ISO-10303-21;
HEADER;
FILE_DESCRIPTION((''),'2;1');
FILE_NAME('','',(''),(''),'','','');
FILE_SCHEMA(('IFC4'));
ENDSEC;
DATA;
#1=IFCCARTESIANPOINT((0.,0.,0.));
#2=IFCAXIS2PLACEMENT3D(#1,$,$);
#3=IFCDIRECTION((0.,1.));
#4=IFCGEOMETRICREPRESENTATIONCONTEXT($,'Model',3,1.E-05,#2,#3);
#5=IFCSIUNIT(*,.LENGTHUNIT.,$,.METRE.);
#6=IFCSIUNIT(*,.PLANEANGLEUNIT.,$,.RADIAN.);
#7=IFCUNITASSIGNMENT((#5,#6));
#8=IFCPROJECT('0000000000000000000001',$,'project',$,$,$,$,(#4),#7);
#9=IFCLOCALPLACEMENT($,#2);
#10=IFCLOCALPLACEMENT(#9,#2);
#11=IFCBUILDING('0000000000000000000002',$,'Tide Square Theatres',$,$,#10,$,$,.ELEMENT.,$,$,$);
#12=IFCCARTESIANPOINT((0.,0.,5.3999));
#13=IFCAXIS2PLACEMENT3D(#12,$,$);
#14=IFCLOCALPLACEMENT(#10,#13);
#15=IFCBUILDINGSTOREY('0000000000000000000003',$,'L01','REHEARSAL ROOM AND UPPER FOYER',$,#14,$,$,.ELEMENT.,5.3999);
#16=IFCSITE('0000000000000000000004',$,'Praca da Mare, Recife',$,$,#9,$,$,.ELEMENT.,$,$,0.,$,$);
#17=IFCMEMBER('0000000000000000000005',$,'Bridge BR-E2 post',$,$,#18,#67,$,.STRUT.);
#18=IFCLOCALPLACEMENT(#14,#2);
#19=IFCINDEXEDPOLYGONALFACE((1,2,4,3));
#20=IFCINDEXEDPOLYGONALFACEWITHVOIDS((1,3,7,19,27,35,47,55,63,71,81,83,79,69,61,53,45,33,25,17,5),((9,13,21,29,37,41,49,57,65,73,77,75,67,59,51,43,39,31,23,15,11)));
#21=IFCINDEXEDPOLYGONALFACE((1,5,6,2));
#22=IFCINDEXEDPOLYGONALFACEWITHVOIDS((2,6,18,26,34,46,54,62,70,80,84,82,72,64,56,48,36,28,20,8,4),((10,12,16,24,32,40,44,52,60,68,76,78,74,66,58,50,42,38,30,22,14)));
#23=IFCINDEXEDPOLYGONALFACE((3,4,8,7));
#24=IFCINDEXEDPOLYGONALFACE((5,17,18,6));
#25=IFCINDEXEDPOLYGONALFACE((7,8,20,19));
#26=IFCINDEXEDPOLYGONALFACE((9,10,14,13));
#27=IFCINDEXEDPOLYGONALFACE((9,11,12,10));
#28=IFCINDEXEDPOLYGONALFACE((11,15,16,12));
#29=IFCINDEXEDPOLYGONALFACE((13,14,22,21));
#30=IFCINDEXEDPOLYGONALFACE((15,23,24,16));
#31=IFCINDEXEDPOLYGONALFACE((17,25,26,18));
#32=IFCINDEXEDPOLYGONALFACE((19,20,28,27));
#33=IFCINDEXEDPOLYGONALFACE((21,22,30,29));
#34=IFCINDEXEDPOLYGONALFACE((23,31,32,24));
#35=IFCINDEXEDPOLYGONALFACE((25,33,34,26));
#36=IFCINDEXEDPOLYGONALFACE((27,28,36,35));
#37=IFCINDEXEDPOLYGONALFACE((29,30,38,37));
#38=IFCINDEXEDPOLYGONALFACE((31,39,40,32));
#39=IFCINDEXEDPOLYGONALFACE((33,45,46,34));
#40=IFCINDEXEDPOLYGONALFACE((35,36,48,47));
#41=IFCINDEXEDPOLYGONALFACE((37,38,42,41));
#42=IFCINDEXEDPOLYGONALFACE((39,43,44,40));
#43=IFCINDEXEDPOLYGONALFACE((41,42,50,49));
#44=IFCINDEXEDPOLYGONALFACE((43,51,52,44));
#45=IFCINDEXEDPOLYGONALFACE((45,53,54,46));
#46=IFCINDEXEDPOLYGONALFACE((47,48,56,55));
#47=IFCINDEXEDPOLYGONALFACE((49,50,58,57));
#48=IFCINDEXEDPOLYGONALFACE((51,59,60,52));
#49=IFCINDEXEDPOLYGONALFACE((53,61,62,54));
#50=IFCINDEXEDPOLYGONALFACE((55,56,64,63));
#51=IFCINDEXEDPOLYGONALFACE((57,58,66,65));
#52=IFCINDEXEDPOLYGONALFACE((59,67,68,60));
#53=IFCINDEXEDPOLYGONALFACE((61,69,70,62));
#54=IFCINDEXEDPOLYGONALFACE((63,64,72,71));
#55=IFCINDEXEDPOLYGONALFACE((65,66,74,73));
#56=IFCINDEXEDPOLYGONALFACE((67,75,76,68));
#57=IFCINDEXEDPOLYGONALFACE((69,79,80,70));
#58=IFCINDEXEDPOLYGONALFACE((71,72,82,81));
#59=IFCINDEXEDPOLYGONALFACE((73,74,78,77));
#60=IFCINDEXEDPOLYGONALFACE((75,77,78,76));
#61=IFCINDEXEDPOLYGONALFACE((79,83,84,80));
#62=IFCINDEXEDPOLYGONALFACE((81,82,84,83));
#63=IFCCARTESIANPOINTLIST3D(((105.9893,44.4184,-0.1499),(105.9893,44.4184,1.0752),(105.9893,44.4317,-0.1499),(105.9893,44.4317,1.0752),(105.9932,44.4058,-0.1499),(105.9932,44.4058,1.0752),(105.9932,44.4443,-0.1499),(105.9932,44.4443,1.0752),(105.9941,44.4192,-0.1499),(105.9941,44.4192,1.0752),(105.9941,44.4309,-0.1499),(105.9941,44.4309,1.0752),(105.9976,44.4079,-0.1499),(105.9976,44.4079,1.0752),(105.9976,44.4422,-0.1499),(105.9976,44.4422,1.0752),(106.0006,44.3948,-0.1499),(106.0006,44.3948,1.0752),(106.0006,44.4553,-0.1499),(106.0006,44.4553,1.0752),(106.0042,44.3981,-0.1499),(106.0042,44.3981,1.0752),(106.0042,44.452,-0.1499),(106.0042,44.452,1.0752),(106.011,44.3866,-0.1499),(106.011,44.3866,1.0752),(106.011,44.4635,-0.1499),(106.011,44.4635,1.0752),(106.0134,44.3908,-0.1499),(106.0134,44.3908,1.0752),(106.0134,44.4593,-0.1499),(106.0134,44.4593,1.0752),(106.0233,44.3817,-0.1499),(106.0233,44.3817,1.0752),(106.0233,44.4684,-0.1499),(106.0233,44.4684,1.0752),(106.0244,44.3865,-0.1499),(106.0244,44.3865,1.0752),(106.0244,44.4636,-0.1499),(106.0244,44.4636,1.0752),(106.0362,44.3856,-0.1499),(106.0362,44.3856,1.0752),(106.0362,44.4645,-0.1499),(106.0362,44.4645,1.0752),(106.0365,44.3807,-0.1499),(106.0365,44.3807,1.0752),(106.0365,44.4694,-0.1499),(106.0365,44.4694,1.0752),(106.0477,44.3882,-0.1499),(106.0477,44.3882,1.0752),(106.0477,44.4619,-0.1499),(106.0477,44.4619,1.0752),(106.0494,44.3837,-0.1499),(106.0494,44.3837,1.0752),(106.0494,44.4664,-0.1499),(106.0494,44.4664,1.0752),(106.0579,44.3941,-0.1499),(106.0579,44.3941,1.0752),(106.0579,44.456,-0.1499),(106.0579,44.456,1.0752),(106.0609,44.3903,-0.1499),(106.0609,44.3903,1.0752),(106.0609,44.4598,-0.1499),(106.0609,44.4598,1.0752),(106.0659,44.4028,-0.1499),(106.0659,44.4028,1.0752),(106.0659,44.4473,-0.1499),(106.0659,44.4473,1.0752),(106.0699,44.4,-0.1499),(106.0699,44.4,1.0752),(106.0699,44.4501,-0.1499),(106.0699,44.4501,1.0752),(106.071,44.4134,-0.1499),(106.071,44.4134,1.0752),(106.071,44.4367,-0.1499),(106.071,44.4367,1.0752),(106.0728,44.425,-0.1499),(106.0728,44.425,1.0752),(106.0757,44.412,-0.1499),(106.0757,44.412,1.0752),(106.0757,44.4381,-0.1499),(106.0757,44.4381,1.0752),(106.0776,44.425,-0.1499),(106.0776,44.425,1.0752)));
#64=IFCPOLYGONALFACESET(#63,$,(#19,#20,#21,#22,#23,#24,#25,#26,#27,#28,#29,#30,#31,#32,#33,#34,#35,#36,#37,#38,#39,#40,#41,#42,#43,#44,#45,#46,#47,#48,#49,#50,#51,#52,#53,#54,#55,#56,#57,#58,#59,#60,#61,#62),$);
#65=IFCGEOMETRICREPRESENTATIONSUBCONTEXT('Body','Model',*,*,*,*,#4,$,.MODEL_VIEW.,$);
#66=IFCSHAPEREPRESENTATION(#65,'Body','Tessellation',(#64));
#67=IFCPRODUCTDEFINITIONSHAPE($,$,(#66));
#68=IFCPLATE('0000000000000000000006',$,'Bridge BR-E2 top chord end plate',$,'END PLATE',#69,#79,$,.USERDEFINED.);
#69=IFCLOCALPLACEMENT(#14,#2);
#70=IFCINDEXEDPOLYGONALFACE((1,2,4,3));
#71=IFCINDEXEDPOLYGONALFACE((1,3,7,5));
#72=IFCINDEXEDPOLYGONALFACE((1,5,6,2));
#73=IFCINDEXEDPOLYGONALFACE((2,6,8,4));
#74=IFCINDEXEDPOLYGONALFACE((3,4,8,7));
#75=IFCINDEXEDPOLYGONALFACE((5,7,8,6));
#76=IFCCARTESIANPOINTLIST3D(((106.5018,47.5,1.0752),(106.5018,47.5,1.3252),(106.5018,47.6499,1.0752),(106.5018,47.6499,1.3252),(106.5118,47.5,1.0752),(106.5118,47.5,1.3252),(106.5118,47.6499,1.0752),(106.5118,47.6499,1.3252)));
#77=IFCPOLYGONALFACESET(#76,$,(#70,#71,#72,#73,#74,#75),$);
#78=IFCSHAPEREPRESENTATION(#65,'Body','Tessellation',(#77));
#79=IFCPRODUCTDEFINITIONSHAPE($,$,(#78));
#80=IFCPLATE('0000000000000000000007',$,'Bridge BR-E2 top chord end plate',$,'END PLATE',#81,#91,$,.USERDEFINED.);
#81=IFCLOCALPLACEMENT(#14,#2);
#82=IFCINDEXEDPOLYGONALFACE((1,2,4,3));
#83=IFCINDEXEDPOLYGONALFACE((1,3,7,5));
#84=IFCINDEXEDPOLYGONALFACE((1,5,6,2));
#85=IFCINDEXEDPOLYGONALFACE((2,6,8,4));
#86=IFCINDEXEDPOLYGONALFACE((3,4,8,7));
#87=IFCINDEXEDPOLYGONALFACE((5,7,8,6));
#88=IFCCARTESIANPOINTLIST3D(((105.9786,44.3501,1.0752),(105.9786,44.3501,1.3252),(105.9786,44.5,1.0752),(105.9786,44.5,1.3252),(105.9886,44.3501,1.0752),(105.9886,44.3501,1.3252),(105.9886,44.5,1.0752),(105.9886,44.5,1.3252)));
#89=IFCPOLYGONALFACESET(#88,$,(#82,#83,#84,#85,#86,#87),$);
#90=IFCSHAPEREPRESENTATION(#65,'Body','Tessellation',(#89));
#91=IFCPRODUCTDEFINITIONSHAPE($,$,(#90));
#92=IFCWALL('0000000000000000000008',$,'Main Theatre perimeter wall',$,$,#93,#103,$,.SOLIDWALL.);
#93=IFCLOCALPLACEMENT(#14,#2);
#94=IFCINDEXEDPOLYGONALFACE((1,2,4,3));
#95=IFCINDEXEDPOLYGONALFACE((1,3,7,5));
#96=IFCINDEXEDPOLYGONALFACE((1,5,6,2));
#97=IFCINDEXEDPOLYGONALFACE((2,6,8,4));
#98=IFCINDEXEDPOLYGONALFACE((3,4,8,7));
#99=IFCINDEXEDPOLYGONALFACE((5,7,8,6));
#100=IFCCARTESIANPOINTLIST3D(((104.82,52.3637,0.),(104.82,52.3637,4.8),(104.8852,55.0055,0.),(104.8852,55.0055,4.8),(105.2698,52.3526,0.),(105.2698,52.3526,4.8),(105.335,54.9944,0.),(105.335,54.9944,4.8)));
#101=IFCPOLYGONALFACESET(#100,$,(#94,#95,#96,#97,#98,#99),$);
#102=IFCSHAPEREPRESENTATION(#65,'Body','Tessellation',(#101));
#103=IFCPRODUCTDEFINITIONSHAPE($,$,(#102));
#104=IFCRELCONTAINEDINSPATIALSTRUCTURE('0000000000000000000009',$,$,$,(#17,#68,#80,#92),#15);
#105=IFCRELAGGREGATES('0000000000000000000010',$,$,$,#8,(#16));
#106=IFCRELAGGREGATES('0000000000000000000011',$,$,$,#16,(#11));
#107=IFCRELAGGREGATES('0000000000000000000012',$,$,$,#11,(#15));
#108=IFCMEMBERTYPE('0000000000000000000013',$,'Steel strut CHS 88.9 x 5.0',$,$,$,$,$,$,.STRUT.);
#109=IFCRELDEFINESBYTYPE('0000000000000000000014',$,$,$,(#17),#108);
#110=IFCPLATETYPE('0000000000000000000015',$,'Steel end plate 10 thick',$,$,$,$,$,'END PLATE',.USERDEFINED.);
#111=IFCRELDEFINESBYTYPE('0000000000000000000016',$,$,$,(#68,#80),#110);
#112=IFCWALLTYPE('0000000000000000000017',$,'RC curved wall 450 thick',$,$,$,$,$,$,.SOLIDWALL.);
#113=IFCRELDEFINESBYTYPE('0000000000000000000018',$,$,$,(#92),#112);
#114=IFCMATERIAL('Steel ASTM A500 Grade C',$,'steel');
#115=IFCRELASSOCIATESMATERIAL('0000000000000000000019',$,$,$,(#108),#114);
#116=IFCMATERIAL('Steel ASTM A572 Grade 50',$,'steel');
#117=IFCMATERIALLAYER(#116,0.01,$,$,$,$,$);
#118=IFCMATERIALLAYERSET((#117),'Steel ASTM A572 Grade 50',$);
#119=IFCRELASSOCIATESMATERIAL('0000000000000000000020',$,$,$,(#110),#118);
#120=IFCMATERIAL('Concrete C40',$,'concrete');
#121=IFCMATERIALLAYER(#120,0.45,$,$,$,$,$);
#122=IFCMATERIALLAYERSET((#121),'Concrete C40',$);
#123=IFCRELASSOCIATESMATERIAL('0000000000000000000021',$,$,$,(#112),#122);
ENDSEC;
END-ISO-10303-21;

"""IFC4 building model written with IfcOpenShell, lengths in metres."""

from ifc_helpers import new_model, si_unit, direction, frame, frame_2d, origin, origin_2d, place, context, subcontext, project, spatial, rectangle, hollow_circle, extrude, material, layer, layer_set, material_profile, profile_set, type_object, element, save


model = new_model("IFC4")

# Units and contexts
model_context = context("Model", 3, precision=1e-05, world=origin(), true_north=direction((0.0, 1.0)))
body_context = subcontext(model_context, "Body", "Model", "MODEL_VIEW")
ifc_project = project(units=[si_unit("LENGTHUNIT", "METRE"), si_unit("PLANEANGLEUNIT", "RADIAN")], contexts=[model_context])

# Site, building, storey
site_placement = place(None, origin())
site = spatial("IfcSite", under=ifc_project, at=site_placement, Name="Praca da Mare, Recife", CompositionType="ELEMENT", RefElevation=0.0)
building_placement = place(site_placement, origin())
building = spatial("IfcBuilding", under=site, at=building_placement, Name="Tide Square Theatres", CompositionType="ELEMENT")
storey_placement = place(building_placement, frame((0.0, 0.0, 5.3999)))
storey = spatial("IfcBuildingStorey", under=building, at=storey_placement, Name="L01", Description="REHEARSAL ROOM AND UPPER FOYER", CompositionType="ELEMENT", Elevation=5.3999)

# Member
ifc_material_1 = material(Name="Steel ASTM A500 Grade C", Category="steel")
ifc_material_profile_1 = material_profile(ifc_material_1, hollow_circle(Radius=0.0444, WallThickness=0.0049, at=origin_2d()))
ifc_profile_set_1 = profile_set([ifc_material_profile_1], Name="Steel ASTM A500 Grade C")
member_type_1 = type_object("IfcMemberType", Name="Steel strut CHS 88.9 x 5.0", PredefinedType="STRUT", material=ifc_profile_set_1)
for number, where, z_axis, x_axis, name in (
    (1, (106.0332, 44.425, -0.1499), (0.0, 0.0, 1.0), (1.0, 0.0, 0.0), "Bridge BR-E2 post"),
):
    element("IfcMember", number, at=place(storey_placement, frame(where, z_axis=z_axis, x_axis=x_axis)), inside=storey, type_object=member_type_1, Name=name, PredefinedType="STRUT", context=body_context, shape_type="SweptSolid", body=[
        extrude(hollow_circle(Radius=0.0444, WallThickness=0.0049, at=origin_2d()), origin(), (0.0, 0.0, 1.0), 1.2251),
    ])

# Plates
ifc_material_2 = material(Name="Steel ASTM A572 Grade 50", Category="steel")
ifc_layer_1 = layer(ifc_material_2, 0.01)
ifc_layer_set_1 = layer_set([ifc_layer_1], Name="Steel ASTM A572 Grade 50")
plate_type = type_object("IfcPlateType", Name="Steel end plate 10 thick", ElementType="END PLATE", PredefinedType="USERDEFINED", material=ifc_layer_set_1)
for number, where, z_axis, x_axis, name in (
    (2, (106.5068, 47.575, 1.0752), (0.0, 0.0, 1.0), (-1.0, 0.0, 0.0), "Bridge BR-E2 top chord end plate"),
    (3, (105.9836, 44.425, 1.0752), (0.0, 0.0, 1.0), (-1.0, 0.0, 0.0), "Bridge BR-E2 top chord end plate"),
):
    element("IfcPlate", number, at=place(storey_placement, frame(where, z_axis=z_axis, x_axis=x_axis)), inside=storey, type_object=plate_type, Name=name, ObjectType="END PLATE", PredefinedType="USERDEFINED", context=body_context, shape_type="SweptSolid", body=[
        extrude(rectangle(XDim=0.01, YDim=0.1499, at=origin_2d()), origin(), (0.0, 0.0, 1.0), 0.25),
    ])

# Wall
ifc_material_3 = material(Name="Concrete C40", Category="concrete")
ifc_layer_2 = layer(ifc_material_3, 0.45)
ifc_layer_set_2 = layer_set([ifc_layer_2], Name="Concrete C40")
wall_type = type_object("IfcWallType", Name="RC curved wall 450 thick", PredefinedType="SOLIDWALL", material=ifc_layer_set_2)
wall_placement = place(storey_placement, frame((105.0449, 52.3582, 0.0), z_axis=(0.0, 0.0, 1.0), x_axis=(0.024667, 0.999696, 0.0)))
element("IfcWall", 4, at=wall_placement, inside=storey, type_object=wall_type, Name="Main Theatre perimeter wall", PredefinedType="SOLIDWALL", context=body_context, shape_type="SweptSolid", body=[
    extrude(rectangle(XDim=2.6426, YDim=0.45, at=frame_2d((1.3213, 0.0))), origin(), (0.0, 0.0, 1.0), 4.8),
])

save(model, "model.ifc")
